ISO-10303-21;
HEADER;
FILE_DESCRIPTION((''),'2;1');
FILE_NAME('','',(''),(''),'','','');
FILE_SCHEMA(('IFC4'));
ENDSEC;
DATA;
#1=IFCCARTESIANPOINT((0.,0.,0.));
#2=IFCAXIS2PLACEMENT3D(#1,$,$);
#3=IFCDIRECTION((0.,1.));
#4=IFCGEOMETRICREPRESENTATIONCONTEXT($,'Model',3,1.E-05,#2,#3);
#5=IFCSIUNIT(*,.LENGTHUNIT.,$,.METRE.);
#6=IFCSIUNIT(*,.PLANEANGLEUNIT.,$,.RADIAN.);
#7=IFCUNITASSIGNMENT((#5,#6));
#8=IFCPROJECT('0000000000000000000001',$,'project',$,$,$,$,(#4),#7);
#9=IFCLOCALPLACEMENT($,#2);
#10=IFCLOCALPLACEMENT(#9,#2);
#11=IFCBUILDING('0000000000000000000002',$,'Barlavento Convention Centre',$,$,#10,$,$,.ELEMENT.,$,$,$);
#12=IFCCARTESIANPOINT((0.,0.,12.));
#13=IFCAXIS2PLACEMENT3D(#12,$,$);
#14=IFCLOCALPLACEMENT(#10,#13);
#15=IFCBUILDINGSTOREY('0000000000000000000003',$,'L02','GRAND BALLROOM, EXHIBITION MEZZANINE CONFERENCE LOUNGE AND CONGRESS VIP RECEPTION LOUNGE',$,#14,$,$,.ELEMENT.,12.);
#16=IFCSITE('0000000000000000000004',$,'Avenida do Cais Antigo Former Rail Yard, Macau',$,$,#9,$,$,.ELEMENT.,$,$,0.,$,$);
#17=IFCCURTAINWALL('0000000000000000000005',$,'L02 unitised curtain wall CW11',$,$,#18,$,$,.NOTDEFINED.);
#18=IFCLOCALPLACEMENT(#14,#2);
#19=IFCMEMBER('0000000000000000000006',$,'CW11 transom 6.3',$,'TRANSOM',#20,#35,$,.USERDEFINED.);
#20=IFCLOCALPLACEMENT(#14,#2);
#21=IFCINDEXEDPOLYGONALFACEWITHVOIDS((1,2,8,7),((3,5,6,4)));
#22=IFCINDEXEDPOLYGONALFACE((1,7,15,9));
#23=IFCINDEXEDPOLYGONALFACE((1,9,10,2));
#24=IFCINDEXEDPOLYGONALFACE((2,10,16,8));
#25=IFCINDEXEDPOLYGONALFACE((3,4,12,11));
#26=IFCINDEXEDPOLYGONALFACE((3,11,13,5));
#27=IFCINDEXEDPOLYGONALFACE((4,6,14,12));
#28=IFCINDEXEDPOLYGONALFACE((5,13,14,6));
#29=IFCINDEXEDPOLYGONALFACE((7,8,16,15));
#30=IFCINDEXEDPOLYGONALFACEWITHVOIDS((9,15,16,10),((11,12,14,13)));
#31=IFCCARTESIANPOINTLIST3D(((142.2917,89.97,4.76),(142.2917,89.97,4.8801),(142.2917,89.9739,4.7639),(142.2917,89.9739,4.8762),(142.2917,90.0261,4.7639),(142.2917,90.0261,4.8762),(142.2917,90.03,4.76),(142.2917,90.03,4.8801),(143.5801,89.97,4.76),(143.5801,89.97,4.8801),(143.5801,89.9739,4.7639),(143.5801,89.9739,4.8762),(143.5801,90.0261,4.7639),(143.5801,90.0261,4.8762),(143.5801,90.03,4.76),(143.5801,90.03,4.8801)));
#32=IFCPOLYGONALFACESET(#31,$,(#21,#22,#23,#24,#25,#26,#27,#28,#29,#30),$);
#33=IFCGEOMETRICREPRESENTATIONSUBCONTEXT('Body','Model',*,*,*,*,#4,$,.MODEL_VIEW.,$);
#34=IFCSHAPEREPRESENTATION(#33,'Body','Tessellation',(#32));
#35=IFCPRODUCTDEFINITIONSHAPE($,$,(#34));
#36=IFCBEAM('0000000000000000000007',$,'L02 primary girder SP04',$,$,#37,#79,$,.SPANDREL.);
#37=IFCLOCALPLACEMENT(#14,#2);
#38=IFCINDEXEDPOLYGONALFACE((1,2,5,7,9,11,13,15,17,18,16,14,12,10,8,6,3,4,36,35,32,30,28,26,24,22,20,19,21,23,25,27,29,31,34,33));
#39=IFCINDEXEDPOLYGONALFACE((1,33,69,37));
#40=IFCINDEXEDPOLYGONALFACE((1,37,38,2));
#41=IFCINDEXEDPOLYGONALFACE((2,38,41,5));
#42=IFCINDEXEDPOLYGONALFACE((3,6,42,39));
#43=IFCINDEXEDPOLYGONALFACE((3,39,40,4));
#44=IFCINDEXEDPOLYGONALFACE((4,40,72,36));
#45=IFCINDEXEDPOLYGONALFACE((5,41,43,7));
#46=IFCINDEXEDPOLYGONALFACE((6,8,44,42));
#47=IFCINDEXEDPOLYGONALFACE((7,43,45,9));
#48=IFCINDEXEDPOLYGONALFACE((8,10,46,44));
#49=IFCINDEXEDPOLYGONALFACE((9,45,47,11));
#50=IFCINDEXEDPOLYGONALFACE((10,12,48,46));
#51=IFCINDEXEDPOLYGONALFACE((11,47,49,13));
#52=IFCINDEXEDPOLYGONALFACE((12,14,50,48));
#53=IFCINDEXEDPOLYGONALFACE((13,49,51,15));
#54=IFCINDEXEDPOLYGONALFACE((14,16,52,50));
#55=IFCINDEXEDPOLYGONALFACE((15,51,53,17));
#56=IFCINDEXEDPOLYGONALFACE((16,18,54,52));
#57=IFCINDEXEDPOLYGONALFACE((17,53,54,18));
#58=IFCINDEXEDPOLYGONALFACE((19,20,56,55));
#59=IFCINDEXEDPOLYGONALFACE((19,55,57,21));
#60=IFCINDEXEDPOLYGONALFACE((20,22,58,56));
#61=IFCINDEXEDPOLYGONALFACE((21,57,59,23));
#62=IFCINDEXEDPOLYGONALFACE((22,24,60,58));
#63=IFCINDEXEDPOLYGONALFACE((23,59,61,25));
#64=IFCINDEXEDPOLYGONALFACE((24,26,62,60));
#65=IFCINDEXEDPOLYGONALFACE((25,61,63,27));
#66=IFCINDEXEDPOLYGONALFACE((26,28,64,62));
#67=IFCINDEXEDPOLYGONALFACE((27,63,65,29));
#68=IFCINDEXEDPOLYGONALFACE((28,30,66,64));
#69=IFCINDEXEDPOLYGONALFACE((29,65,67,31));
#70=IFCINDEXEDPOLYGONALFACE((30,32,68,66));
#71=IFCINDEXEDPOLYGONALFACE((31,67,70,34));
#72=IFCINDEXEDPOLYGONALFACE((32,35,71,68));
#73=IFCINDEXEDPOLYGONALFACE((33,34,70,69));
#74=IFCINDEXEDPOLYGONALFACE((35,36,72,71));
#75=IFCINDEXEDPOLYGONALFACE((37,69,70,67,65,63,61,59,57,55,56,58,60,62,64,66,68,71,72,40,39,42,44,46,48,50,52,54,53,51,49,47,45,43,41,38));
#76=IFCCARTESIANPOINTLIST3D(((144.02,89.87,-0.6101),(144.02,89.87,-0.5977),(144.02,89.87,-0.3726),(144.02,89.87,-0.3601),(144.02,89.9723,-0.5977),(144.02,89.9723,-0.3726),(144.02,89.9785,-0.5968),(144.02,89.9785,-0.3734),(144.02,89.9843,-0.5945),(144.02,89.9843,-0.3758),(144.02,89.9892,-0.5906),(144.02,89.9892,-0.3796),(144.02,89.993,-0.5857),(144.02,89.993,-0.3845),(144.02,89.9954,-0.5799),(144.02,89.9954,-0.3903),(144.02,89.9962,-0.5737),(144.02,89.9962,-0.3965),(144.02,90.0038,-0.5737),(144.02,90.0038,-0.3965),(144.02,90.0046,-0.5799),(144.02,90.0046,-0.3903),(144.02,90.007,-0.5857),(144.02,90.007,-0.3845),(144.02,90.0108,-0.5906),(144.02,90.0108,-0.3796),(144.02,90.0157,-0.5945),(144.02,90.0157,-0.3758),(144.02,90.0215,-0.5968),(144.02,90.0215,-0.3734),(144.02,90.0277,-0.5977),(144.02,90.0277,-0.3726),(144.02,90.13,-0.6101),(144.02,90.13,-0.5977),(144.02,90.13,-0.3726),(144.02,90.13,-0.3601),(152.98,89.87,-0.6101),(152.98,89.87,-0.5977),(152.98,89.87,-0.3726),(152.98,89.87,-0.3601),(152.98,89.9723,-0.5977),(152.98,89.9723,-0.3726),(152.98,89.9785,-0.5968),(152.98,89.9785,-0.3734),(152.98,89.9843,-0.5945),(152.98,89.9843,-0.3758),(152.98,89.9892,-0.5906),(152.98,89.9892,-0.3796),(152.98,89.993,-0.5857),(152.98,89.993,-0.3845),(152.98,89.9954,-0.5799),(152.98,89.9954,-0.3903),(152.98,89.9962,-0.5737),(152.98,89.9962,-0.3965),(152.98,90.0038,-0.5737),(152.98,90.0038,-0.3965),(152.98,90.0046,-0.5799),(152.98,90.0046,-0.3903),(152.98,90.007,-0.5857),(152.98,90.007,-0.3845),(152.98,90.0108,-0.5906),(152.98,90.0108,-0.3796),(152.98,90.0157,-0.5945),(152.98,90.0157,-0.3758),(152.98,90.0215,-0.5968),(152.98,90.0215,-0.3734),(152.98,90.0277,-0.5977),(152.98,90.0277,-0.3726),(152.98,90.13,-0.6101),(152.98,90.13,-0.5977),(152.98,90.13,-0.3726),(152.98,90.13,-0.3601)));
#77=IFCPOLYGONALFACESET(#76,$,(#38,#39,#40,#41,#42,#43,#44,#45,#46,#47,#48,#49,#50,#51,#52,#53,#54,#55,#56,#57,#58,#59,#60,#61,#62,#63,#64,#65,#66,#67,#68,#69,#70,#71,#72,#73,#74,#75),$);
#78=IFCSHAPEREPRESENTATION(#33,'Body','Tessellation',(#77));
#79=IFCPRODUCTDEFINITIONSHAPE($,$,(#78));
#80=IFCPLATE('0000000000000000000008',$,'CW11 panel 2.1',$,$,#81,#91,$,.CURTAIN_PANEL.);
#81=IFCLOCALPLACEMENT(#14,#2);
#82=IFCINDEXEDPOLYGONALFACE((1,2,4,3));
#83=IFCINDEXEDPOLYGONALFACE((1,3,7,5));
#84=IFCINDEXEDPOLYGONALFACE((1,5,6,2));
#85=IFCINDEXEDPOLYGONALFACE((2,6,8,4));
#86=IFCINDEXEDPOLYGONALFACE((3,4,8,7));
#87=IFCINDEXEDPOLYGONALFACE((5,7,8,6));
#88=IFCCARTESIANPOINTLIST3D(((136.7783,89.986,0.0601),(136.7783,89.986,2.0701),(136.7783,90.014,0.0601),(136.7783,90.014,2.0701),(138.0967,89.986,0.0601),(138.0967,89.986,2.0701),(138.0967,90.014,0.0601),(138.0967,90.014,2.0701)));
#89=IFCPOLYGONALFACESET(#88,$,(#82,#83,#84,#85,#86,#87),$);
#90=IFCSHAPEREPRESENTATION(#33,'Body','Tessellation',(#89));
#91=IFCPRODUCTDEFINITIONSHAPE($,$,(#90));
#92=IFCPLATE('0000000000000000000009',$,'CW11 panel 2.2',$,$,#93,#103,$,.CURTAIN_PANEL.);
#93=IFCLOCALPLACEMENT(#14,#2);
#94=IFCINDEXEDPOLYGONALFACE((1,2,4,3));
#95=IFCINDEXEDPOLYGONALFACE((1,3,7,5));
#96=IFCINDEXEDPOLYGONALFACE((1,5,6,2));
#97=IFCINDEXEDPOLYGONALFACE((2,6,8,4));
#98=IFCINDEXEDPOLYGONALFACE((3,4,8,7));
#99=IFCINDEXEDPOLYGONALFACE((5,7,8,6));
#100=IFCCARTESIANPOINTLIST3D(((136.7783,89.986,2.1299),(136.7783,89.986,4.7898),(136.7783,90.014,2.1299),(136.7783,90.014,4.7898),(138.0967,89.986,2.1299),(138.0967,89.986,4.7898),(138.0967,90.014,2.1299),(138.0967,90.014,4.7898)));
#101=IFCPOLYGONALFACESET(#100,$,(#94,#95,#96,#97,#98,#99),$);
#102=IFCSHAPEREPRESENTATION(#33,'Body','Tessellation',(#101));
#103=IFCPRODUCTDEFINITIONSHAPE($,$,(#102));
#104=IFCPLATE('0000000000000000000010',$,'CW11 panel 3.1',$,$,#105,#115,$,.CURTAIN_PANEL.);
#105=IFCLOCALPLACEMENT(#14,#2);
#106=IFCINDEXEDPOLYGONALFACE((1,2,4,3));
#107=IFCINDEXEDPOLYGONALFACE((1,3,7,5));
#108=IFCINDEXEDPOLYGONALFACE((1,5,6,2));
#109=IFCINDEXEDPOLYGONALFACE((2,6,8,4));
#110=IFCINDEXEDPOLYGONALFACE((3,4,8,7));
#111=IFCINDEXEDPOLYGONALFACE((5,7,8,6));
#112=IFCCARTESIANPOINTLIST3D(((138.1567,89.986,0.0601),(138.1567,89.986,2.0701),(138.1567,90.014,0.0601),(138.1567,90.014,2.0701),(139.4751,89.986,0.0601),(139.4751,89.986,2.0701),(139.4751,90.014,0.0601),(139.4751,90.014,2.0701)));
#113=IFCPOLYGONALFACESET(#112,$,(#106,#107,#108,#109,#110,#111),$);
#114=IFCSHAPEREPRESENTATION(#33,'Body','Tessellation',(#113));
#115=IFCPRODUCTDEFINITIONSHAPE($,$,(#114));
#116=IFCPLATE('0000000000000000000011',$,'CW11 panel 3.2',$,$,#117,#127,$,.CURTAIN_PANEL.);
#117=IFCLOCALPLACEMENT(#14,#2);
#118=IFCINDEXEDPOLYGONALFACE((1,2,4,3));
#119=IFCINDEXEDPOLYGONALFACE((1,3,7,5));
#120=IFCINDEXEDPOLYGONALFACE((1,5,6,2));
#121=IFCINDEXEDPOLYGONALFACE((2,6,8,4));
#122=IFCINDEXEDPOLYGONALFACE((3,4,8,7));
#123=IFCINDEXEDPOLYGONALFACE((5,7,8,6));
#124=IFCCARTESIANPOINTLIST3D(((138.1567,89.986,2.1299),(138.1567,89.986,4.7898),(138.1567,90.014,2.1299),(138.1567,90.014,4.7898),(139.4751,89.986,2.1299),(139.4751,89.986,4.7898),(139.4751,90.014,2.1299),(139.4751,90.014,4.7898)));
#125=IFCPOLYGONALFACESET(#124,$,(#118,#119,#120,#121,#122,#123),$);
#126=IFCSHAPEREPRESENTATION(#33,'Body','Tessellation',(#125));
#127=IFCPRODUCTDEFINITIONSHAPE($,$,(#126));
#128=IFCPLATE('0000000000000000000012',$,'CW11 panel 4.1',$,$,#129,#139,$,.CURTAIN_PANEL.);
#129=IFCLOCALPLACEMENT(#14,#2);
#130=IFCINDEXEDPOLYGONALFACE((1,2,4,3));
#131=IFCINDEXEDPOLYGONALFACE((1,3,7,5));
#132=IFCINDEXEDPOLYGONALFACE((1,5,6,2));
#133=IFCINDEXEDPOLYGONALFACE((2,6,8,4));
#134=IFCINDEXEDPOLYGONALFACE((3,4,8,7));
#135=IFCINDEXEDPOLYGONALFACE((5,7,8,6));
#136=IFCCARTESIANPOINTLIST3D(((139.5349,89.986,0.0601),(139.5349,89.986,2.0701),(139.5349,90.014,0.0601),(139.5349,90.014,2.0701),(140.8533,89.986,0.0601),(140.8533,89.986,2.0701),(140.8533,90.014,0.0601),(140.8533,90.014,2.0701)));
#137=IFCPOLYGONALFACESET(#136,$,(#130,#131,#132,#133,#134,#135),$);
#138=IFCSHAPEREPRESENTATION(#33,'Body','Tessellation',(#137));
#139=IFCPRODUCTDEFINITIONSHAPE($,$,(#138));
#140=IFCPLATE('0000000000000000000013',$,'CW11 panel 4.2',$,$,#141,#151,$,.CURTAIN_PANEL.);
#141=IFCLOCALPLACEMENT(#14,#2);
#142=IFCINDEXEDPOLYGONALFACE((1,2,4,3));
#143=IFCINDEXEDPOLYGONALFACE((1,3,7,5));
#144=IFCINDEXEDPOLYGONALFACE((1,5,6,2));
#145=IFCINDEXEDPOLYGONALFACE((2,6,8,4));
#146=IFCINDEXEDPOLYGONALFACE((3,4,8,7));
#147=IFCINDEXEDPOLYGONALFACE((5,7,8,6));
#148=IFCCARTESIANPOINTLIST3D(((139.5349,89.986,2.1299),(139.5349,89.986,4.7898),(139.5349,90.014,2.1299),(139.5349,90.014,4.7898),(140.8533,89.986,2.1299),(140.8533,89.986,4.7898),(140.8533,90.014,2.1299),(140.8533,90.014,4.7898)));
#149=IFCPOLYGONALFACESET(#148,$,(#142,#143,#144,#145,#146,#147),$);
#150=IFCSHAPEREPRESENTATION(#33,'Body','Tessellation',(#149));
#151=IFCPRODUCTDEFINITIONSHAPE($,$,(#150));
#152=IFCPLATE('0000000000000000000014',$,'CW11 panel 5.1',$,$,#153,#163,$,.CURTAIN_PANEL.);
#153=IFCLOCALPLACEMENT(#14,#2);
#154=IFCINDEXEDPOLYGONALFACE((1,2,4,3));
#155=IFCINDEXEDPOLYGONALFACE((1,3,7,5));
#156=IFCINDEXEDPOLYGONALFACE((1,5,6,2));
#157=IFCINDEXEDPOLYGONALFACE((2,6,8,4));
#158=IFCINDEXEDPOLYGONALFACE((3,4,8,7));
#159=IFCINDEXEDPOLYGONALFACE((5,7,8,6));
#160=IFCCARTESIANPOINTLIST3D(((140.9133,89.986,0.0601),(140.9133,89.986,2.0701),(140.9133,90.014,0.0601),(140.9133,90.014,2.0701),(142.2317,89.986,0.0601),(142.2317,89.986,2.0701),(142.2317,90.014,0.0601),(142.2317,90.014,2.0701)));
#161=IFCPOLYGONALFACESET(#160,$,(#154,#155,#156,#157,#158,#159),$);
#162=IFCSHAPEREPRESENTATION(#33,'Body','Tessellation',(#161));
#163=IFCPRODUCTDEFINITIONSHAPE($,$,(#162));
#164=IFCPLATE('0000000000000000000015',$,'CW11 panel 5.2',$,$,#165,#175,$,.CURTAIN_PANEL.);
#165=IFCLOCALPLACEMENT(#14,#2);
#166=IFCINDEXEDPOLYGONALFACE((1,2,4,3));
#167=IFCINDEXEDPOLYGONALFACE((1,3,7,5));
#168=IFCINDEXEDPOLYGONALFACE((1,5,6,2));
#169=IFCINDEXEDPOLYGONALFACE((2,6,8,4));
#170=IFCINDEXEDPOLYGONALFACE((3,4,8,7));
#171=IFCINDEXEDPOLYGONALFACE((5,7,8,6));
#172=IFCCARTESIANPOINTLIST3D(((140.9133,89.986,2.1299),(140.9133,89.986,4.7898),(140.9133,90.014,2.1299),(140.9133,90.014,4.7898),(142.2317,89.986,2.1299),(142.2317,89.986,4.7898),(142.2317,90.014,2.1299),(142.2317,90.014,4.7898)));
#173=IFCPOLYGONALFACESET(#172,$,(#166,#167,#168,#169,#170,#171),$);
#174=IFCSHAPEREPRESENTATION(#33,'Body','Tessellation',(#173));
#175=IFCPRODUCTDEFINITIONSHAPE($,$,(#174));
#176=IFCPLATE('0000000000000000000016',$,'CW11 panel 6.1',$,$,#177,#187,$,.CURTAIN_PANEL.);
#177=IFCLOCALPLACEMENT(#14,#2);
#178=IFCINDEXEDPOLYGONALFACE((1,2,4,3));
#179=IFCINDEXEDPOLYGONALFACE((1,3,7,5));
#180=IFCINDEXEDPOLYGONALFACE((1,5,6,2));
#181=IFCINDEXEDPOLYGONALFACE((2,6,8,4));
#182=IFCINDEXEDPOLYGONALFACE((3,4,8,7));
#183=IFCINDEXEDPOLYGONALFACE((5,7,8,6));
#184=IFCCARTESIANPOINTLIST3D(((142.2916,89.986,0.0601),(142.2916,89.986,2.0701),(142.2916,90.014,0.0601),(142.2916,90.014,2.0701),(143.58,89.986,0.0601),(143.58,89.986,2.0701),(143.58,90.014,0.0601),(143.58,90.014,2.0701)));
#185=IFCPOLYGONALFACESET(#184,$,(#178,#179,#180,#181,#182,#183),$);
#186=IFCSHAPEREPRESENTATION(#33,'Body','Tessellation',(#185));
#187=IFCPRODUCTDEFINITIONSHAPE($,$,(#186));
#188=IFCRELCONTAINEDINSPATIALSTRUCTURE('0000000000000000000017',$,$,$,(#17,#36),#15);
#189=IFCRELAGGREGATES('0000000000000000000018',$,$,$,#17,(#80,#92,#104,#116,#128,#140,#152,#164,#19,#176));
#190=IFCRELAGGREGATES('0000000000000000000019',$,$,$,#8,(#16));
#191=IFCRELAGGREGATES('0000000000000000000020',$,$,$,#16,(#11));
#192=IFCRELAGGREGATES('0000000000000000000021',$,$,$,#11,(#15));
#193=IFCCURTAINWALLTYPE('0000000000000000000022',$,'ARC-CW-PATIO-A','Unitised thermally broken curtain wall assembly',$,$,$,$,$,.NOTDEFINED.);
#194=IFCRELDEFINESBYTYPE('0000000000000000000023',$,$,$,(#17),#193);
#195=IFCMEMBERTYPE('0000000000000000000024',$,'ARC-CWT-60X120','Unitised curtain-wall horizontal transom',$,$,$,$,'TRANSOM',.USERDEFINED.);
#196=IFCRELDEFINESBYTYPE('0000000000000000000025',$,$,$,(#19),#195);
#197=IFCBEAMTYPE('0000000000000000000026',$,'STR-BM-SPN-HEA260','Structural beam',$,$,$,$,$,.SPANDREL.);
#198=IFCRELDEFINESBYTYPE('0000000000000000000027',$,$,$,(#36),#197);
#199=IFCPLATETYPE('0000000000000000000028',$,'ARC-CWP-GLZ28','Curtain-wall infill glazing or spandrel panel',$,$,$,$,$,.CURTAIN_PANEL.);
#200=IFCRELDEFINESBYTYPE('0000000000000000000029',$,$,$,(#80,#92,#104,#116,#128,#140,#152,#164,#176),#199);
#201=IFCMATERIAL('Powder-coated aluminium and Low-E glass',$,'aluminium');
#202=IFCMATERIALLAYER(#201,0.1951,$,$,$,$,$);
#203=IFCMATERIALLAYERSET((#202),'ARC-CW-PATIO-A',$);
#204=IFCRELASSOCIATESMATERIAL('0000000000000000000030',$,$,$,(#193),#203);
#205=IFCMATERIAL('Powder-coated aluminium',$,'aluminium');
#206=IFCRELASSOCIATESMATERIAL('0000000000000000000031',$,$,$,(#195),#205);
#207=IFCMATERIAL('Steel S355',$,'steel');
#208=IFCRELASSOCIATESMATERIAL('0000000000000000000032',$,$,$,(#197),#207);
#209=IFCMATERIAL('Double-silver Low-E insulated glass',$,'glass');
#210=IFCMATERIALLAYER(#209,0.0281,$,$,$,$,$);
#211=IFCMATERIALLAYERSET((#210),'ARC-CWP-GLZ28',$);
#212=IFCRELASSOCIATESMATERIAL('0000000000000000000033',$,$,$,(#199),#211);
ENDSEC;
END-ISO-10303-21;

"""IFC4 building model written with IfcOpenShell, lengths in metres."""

from ifc_helpers import new_model, si_unit, direction, frame, origin, origin_2d, place, context, subcontext, project, spatial, rectangle, hollow_rectangle, i_section, extrude, material, layer, layer_set, material_profile, profile_set, type_object, element, aggregate, save


model = new_model("IFC4")

# Units and contexts
model_context = context("Model", 3, precision=1e-05, world=origin(), true_north=direction((0.0, 1.0)))
body_context = subcontext(model_context, "Body", "Model", "MODEL_VIEW")
ifc_project = project(units=[si_unit("LENGTHUNIT", "METRE"), si_unit("PLANEANGLEUNIT", "RADIAN")], contexts=[model_context])

# Site, building, storey
site_placement = place(None, origin())
site = spatial("IfcSite", under=ifc_project, at=site_placement, Name="Avenida do Cais Antigo Former Rail Yard, Macau", CompositionType="ELEMENT", RefElevation=0.0)
building_placement = place(site_placement, origin())
building = spatial("IfcBuilding", under=site, at=building_placement, Name="Barlavento Convention Centre", CompositionType="ELEMENT")
storey_placement = place(building_placement, frame((0.0, 0.0, 12.0)))
storey = spatial("IfcBuildingStorey", under=building, at=storey_placement, Name="L02", Description="GRAND BALLROOM, EXHIBITION MEZZANINE CONFERENCE LOUNGE AND CONGRESS VIP RECEPTION LOUNGE", CompositionType="ELEMENT", Elevation=12.0)

# Shared definitions
ifc_material_1 = material(Name="Steel S355", Category="steel")

# Curtain wall, member
ifc_material_2 = material(Name="Powder-coated aluminium and Low-E glass", Category="aluminium")
ifc_layer_1 = layer(ifc_material_2, 0.1951)
ifc_layer_set_1 = layer_set([ifc_layer_1], Name="ARC-CW-PATIO-A")
curtain_wall_type = type_object("IfcCurtainWallType", Name="ARC-CW-PATIO-A", Description="Unitised thermally broken curtain wall assembly", PredefinedType="NOTDEFINED", material=ifc_layer_set_1)
curtain_wall_placement = place(storey_placement, origin())
curtain_wall = element("IfcCurtainWall", 1, at=curtain_wall_placement, inside=storey, type_object=curtain_wall_type, Name="L02 unitised curtain wall CW11", PredefinedType="NOTDEFINED")
ifc_material_3 = material(Name="Powder-coated aluminium", Category="aluminium")
ifc_material_profile_1 = material_profile(ifc_material_3, hollow_rectangle(XDim=0.0601, YDim=0.1201, WallThickness=0.0039, at=origin_2d()), Name="AL-TRAN 60x120x4")
ifc_profile_set_1 = profile_set([ifc_material_profile_1], Name="Powder-coated aluminium")
member_type_1 = type_object("IfcMemberType", Name="ARC-CWT-60X120", Description="Unitised curtain-wall horizontal transom", ElementType="TRANSOM", PredefinedType="USERDEFINED", material=ifc_profile_set_1)
member_1_placement = place(storey_placement, frame((142.2917, 90.0, 4.8201), z_axis=(1.0, 0.0, 0.0), x_axis=(0.0, 1.0, 0.0)))
member_1 = element("IfcMember", 2, at=member_1_placement, type_object=member_type_1, Name="CW11 transom 6.3", ObjectType="TRANSOM", PredefinedType="USERDEFINED", context=body_context, shape_type="SweptSolid", body=[
    extrude(hollow_rectangle(XDim=0.0601, YDim=0.1201, WallThickness=0.0039, at=origin_2d()), origin(), (0.0, 0.0, 1.0), 1.2883),
])

# Beam
ifc_material_profile_2 = material_profile(ifc_material_1, i_section(OverallWidth=0.26, OverallDepth=0.25, WebThickness=0.0076, FlangeThickness=0.0125, FilletRadius=0.0239, at=origin_2d()), Name="HEA 260")
ifc_profile_set_2 = profile_set([ifc_material_profile_2], Name="Steel S355")
beam_type = type_object("IfcBeamType", Name="STR-BM-SPN-HEA260", Description="Structural beam", PredefinedType="SPANDREL", material=ifc_profile_set_2)
beam_placement = place(storey_placement, frame((144.02, 90.0, -0.4851), z_axis=(1.0, 0.0, 0.0), x_axis=(0.0, 1.0, 0.0)))
element("IfcBeam", 3, at=beam_placement, inside=storey, type_object=beam_type, Name="L02 primary girder SP04", PredefinedType="SPANDREL", context=body_context, shape_type="SweptSolid", body=[
    extrude(i_section(OverallWidth=0.26, OverallDepth=0.25, WebThickness=0.0076, FlangeThickness=0.0125, FilletRadius=0.0239, at=origin_2d()), origin(), (0.0, 0.0, 1.0), 8.96),
])

# Plates
ifc_material_4 = material(Name="Double-silver Low-E insulated glass", Category="glass")
ifc_layer_2 = layer(ifc_material_4, 0.0281)
ifc_layer_set_2 = layer_set([ifc_layer_2], Name="ARC-CWP-GLZ28")
plate_type = type_object("IfcPlateType", Name="ARC-CWP-GLZ28", Description="Curtain-wall infill glazing or spandrel panel", PredefinedType="CURTAIN_PANEL", material=ifc_layer_set_2)
plate_1_placement = place(storey_placement, frame((137.4375, 90.0, 0.0601), z_axis=(0.0, 0.0, 1.0), x_axis=(1.0, 0.0, 0.0)))
plate_1 = element("IfcPlate", 4, at=plate_1_placement, type_object=plate_type, Name="CW11 panel 2.1", PredefinedType="CURTAIN_PANEL", context=body_context, shape_type="SweptSolid", body=[
    extrude(rectangle(XDim=1.3184, YDim=0.0281, at=origin_2d()), origin(), (0.0, 0.0, 1.0), 2.01),
])
plate_2_placement = place(storey_placement, frame((137.4375, 90.0, 2.1299), z_axis=(0.0, 0.0, 1.0), x_axis=(1.0, 0.0, 0.0)))
plate_2 = element("IfcPlate", 5, at=plate_2_placement, type_object=plate_type, Name="CW11 panel 2.2", PredefinedType="CURTAIN_PANEL", context=body_context, shape_type="SweptSolid", body=[
    extrude(rectangle(XDim=1.3184, YDim=0.0281, at=origin_2d()), origin(), (0.0, 0.0, 1.0), 2.6599),
])
plate_3_placement = place(storey_placement, frame((138.8159, 90.0, 0.0601), z_axis=(0.0, 0.0, 1.0), x_axis=(1.0, 0.0, 0.0)))
plate_3 = element("IfcPlate", 6, at=plate_3_placement, type_object=plate_type, Name="CW11 panel 3.1", PredefinedType="CURTAIN_PANEL", context=body_context, shape_type="SweptSolid", body=[
    extrude(rectangle(XDim=1.3184, YDim=0.0281, at=origin_2d()), origin(), (0.0, 0.0, 1.0), 2.01),
])
plate_4_placement = place(storey_placement, frame((138.8159, 90.0, 2.1299), z_axis=(0.0, 0.0, 1.0), x_axis=(1.0, 0.0, 0.0)))
plate_4 = element("IfcPlate", 7, at=plate_4_placement, type_object=plate_type, Name="CW11 panel 3.2", PredefinedType="CURTAIN_PANEL", context=body_context, shape_type="SweptSolid", body=[
    extrude(rectangle(XDim=1.3184, YDim=0.0281, at=origin_2d()), origin(), (0.0, 0.0, 1.0), 2.6599),
])
plate_5_placement = place(storey_placement, frame((140.1941, 90.0, 0.0601), z_axis=(0.0, 0.0, 1.0), x_axis=(1.0, 0.0, 0.0)))
plate_5 = element("IfcPlate", 8, at=plate_5_placement, type_object=plate_type, Name="CW11 panel 4.1", PredefinedType="CURTAIN_PANEL", context=body_context, shape_type="SweptSolid", body=[
    extrude(rectangle(XDim=1.3184, YDim=0.0281, at=origin_2d()), origin(), (0.0, 0.0, 1.0), 2.01),
])
plate_6_placement = place(storey_placement, frame((140.1941, 90.0, 2.1299), z_axis=(0.0, 0.0, 1.0), x_axis=(1.0, 0.0, 0.0)))
plate_6 = element("IfcPlate", 9, at=plate_6_placement, type_object=plate_type, Name="CW11 panel 4.2", PredefinedType="CURTAIN_PANEL", context=body_context, shape_type="SweptSolid", body=[
    extrude(rectangle(XDim=1.3184, YDim=0.0281, at=origin_2d()), origin(), (0.0, 0.0, 1.0), 2.6599),
])
plate_7_placement = place(storey_placement, frame((141.5725, 90.0, 0.0601), z_axis=(0.0, 0.0, 1.0), x_axis=(1.0, 0.0, 0.0)))
plate_7 = element("IfcPlate", 10, at=plate_7_placement, type_object=plate_type, Name="CW11 panel 5.1", PredefinedType="CURTAIN_PANEL", context=body_context, shape_type="SweptSolid", body=[
    extrude(rectangle(XDim=1.3184, YDim=0.0281, at=origin_2d()), origin(), (0.0, 0.0, 1.0), 2.01),
])
plate_8_placement = place(storey_placement, frame((141.5725, 90.0, 2.1299), z_axis=(0.0, 0.0, 1.0), x_axis=(1.0, 0.0, 0.0)))
plate_8 = element("IfcPlate", 11, at=plate_8_placement, type_object=plate_type, Name="CW11 panel 5.2", PredefinedType="CURTAIN_PANEL", context=body_context, shape_type="SweptSolid", body=[
    extrude(rectangle(XDim=1.3184, YDim=0.0281, at=origin_2d()), origin(), (0.0, 0.0, 1.0), 2.6599),
])
plate_9_placement = place(storey_placement, frame((142.9358, 90.0, 0.0601), z_axis=(0.0, 0.0, 1.0), x_axis=(1.0, 0.0, 0.0)))
plate_9 = element("IfcPlate", 12, at=plate_9_placement, type_object=plate_type, Name="CW11 panel 6.1", PredefinedType="CURTAIN_PANEL", context=body_context, shape_type="SweptSolid", body=[
    extrude(rectangle(XDim=1.2883, YDim=0.0281, at=origin_2d()), origin(), (0.0, 0.0, 1.0), 2.01),
])
aggregate(curtain_wall, [plate_1, plate_2, plate_3, plate_4, plate_5, plate_6, plate_7, plate_8, member_1, plate_9])

save(model, "model.ifc")
